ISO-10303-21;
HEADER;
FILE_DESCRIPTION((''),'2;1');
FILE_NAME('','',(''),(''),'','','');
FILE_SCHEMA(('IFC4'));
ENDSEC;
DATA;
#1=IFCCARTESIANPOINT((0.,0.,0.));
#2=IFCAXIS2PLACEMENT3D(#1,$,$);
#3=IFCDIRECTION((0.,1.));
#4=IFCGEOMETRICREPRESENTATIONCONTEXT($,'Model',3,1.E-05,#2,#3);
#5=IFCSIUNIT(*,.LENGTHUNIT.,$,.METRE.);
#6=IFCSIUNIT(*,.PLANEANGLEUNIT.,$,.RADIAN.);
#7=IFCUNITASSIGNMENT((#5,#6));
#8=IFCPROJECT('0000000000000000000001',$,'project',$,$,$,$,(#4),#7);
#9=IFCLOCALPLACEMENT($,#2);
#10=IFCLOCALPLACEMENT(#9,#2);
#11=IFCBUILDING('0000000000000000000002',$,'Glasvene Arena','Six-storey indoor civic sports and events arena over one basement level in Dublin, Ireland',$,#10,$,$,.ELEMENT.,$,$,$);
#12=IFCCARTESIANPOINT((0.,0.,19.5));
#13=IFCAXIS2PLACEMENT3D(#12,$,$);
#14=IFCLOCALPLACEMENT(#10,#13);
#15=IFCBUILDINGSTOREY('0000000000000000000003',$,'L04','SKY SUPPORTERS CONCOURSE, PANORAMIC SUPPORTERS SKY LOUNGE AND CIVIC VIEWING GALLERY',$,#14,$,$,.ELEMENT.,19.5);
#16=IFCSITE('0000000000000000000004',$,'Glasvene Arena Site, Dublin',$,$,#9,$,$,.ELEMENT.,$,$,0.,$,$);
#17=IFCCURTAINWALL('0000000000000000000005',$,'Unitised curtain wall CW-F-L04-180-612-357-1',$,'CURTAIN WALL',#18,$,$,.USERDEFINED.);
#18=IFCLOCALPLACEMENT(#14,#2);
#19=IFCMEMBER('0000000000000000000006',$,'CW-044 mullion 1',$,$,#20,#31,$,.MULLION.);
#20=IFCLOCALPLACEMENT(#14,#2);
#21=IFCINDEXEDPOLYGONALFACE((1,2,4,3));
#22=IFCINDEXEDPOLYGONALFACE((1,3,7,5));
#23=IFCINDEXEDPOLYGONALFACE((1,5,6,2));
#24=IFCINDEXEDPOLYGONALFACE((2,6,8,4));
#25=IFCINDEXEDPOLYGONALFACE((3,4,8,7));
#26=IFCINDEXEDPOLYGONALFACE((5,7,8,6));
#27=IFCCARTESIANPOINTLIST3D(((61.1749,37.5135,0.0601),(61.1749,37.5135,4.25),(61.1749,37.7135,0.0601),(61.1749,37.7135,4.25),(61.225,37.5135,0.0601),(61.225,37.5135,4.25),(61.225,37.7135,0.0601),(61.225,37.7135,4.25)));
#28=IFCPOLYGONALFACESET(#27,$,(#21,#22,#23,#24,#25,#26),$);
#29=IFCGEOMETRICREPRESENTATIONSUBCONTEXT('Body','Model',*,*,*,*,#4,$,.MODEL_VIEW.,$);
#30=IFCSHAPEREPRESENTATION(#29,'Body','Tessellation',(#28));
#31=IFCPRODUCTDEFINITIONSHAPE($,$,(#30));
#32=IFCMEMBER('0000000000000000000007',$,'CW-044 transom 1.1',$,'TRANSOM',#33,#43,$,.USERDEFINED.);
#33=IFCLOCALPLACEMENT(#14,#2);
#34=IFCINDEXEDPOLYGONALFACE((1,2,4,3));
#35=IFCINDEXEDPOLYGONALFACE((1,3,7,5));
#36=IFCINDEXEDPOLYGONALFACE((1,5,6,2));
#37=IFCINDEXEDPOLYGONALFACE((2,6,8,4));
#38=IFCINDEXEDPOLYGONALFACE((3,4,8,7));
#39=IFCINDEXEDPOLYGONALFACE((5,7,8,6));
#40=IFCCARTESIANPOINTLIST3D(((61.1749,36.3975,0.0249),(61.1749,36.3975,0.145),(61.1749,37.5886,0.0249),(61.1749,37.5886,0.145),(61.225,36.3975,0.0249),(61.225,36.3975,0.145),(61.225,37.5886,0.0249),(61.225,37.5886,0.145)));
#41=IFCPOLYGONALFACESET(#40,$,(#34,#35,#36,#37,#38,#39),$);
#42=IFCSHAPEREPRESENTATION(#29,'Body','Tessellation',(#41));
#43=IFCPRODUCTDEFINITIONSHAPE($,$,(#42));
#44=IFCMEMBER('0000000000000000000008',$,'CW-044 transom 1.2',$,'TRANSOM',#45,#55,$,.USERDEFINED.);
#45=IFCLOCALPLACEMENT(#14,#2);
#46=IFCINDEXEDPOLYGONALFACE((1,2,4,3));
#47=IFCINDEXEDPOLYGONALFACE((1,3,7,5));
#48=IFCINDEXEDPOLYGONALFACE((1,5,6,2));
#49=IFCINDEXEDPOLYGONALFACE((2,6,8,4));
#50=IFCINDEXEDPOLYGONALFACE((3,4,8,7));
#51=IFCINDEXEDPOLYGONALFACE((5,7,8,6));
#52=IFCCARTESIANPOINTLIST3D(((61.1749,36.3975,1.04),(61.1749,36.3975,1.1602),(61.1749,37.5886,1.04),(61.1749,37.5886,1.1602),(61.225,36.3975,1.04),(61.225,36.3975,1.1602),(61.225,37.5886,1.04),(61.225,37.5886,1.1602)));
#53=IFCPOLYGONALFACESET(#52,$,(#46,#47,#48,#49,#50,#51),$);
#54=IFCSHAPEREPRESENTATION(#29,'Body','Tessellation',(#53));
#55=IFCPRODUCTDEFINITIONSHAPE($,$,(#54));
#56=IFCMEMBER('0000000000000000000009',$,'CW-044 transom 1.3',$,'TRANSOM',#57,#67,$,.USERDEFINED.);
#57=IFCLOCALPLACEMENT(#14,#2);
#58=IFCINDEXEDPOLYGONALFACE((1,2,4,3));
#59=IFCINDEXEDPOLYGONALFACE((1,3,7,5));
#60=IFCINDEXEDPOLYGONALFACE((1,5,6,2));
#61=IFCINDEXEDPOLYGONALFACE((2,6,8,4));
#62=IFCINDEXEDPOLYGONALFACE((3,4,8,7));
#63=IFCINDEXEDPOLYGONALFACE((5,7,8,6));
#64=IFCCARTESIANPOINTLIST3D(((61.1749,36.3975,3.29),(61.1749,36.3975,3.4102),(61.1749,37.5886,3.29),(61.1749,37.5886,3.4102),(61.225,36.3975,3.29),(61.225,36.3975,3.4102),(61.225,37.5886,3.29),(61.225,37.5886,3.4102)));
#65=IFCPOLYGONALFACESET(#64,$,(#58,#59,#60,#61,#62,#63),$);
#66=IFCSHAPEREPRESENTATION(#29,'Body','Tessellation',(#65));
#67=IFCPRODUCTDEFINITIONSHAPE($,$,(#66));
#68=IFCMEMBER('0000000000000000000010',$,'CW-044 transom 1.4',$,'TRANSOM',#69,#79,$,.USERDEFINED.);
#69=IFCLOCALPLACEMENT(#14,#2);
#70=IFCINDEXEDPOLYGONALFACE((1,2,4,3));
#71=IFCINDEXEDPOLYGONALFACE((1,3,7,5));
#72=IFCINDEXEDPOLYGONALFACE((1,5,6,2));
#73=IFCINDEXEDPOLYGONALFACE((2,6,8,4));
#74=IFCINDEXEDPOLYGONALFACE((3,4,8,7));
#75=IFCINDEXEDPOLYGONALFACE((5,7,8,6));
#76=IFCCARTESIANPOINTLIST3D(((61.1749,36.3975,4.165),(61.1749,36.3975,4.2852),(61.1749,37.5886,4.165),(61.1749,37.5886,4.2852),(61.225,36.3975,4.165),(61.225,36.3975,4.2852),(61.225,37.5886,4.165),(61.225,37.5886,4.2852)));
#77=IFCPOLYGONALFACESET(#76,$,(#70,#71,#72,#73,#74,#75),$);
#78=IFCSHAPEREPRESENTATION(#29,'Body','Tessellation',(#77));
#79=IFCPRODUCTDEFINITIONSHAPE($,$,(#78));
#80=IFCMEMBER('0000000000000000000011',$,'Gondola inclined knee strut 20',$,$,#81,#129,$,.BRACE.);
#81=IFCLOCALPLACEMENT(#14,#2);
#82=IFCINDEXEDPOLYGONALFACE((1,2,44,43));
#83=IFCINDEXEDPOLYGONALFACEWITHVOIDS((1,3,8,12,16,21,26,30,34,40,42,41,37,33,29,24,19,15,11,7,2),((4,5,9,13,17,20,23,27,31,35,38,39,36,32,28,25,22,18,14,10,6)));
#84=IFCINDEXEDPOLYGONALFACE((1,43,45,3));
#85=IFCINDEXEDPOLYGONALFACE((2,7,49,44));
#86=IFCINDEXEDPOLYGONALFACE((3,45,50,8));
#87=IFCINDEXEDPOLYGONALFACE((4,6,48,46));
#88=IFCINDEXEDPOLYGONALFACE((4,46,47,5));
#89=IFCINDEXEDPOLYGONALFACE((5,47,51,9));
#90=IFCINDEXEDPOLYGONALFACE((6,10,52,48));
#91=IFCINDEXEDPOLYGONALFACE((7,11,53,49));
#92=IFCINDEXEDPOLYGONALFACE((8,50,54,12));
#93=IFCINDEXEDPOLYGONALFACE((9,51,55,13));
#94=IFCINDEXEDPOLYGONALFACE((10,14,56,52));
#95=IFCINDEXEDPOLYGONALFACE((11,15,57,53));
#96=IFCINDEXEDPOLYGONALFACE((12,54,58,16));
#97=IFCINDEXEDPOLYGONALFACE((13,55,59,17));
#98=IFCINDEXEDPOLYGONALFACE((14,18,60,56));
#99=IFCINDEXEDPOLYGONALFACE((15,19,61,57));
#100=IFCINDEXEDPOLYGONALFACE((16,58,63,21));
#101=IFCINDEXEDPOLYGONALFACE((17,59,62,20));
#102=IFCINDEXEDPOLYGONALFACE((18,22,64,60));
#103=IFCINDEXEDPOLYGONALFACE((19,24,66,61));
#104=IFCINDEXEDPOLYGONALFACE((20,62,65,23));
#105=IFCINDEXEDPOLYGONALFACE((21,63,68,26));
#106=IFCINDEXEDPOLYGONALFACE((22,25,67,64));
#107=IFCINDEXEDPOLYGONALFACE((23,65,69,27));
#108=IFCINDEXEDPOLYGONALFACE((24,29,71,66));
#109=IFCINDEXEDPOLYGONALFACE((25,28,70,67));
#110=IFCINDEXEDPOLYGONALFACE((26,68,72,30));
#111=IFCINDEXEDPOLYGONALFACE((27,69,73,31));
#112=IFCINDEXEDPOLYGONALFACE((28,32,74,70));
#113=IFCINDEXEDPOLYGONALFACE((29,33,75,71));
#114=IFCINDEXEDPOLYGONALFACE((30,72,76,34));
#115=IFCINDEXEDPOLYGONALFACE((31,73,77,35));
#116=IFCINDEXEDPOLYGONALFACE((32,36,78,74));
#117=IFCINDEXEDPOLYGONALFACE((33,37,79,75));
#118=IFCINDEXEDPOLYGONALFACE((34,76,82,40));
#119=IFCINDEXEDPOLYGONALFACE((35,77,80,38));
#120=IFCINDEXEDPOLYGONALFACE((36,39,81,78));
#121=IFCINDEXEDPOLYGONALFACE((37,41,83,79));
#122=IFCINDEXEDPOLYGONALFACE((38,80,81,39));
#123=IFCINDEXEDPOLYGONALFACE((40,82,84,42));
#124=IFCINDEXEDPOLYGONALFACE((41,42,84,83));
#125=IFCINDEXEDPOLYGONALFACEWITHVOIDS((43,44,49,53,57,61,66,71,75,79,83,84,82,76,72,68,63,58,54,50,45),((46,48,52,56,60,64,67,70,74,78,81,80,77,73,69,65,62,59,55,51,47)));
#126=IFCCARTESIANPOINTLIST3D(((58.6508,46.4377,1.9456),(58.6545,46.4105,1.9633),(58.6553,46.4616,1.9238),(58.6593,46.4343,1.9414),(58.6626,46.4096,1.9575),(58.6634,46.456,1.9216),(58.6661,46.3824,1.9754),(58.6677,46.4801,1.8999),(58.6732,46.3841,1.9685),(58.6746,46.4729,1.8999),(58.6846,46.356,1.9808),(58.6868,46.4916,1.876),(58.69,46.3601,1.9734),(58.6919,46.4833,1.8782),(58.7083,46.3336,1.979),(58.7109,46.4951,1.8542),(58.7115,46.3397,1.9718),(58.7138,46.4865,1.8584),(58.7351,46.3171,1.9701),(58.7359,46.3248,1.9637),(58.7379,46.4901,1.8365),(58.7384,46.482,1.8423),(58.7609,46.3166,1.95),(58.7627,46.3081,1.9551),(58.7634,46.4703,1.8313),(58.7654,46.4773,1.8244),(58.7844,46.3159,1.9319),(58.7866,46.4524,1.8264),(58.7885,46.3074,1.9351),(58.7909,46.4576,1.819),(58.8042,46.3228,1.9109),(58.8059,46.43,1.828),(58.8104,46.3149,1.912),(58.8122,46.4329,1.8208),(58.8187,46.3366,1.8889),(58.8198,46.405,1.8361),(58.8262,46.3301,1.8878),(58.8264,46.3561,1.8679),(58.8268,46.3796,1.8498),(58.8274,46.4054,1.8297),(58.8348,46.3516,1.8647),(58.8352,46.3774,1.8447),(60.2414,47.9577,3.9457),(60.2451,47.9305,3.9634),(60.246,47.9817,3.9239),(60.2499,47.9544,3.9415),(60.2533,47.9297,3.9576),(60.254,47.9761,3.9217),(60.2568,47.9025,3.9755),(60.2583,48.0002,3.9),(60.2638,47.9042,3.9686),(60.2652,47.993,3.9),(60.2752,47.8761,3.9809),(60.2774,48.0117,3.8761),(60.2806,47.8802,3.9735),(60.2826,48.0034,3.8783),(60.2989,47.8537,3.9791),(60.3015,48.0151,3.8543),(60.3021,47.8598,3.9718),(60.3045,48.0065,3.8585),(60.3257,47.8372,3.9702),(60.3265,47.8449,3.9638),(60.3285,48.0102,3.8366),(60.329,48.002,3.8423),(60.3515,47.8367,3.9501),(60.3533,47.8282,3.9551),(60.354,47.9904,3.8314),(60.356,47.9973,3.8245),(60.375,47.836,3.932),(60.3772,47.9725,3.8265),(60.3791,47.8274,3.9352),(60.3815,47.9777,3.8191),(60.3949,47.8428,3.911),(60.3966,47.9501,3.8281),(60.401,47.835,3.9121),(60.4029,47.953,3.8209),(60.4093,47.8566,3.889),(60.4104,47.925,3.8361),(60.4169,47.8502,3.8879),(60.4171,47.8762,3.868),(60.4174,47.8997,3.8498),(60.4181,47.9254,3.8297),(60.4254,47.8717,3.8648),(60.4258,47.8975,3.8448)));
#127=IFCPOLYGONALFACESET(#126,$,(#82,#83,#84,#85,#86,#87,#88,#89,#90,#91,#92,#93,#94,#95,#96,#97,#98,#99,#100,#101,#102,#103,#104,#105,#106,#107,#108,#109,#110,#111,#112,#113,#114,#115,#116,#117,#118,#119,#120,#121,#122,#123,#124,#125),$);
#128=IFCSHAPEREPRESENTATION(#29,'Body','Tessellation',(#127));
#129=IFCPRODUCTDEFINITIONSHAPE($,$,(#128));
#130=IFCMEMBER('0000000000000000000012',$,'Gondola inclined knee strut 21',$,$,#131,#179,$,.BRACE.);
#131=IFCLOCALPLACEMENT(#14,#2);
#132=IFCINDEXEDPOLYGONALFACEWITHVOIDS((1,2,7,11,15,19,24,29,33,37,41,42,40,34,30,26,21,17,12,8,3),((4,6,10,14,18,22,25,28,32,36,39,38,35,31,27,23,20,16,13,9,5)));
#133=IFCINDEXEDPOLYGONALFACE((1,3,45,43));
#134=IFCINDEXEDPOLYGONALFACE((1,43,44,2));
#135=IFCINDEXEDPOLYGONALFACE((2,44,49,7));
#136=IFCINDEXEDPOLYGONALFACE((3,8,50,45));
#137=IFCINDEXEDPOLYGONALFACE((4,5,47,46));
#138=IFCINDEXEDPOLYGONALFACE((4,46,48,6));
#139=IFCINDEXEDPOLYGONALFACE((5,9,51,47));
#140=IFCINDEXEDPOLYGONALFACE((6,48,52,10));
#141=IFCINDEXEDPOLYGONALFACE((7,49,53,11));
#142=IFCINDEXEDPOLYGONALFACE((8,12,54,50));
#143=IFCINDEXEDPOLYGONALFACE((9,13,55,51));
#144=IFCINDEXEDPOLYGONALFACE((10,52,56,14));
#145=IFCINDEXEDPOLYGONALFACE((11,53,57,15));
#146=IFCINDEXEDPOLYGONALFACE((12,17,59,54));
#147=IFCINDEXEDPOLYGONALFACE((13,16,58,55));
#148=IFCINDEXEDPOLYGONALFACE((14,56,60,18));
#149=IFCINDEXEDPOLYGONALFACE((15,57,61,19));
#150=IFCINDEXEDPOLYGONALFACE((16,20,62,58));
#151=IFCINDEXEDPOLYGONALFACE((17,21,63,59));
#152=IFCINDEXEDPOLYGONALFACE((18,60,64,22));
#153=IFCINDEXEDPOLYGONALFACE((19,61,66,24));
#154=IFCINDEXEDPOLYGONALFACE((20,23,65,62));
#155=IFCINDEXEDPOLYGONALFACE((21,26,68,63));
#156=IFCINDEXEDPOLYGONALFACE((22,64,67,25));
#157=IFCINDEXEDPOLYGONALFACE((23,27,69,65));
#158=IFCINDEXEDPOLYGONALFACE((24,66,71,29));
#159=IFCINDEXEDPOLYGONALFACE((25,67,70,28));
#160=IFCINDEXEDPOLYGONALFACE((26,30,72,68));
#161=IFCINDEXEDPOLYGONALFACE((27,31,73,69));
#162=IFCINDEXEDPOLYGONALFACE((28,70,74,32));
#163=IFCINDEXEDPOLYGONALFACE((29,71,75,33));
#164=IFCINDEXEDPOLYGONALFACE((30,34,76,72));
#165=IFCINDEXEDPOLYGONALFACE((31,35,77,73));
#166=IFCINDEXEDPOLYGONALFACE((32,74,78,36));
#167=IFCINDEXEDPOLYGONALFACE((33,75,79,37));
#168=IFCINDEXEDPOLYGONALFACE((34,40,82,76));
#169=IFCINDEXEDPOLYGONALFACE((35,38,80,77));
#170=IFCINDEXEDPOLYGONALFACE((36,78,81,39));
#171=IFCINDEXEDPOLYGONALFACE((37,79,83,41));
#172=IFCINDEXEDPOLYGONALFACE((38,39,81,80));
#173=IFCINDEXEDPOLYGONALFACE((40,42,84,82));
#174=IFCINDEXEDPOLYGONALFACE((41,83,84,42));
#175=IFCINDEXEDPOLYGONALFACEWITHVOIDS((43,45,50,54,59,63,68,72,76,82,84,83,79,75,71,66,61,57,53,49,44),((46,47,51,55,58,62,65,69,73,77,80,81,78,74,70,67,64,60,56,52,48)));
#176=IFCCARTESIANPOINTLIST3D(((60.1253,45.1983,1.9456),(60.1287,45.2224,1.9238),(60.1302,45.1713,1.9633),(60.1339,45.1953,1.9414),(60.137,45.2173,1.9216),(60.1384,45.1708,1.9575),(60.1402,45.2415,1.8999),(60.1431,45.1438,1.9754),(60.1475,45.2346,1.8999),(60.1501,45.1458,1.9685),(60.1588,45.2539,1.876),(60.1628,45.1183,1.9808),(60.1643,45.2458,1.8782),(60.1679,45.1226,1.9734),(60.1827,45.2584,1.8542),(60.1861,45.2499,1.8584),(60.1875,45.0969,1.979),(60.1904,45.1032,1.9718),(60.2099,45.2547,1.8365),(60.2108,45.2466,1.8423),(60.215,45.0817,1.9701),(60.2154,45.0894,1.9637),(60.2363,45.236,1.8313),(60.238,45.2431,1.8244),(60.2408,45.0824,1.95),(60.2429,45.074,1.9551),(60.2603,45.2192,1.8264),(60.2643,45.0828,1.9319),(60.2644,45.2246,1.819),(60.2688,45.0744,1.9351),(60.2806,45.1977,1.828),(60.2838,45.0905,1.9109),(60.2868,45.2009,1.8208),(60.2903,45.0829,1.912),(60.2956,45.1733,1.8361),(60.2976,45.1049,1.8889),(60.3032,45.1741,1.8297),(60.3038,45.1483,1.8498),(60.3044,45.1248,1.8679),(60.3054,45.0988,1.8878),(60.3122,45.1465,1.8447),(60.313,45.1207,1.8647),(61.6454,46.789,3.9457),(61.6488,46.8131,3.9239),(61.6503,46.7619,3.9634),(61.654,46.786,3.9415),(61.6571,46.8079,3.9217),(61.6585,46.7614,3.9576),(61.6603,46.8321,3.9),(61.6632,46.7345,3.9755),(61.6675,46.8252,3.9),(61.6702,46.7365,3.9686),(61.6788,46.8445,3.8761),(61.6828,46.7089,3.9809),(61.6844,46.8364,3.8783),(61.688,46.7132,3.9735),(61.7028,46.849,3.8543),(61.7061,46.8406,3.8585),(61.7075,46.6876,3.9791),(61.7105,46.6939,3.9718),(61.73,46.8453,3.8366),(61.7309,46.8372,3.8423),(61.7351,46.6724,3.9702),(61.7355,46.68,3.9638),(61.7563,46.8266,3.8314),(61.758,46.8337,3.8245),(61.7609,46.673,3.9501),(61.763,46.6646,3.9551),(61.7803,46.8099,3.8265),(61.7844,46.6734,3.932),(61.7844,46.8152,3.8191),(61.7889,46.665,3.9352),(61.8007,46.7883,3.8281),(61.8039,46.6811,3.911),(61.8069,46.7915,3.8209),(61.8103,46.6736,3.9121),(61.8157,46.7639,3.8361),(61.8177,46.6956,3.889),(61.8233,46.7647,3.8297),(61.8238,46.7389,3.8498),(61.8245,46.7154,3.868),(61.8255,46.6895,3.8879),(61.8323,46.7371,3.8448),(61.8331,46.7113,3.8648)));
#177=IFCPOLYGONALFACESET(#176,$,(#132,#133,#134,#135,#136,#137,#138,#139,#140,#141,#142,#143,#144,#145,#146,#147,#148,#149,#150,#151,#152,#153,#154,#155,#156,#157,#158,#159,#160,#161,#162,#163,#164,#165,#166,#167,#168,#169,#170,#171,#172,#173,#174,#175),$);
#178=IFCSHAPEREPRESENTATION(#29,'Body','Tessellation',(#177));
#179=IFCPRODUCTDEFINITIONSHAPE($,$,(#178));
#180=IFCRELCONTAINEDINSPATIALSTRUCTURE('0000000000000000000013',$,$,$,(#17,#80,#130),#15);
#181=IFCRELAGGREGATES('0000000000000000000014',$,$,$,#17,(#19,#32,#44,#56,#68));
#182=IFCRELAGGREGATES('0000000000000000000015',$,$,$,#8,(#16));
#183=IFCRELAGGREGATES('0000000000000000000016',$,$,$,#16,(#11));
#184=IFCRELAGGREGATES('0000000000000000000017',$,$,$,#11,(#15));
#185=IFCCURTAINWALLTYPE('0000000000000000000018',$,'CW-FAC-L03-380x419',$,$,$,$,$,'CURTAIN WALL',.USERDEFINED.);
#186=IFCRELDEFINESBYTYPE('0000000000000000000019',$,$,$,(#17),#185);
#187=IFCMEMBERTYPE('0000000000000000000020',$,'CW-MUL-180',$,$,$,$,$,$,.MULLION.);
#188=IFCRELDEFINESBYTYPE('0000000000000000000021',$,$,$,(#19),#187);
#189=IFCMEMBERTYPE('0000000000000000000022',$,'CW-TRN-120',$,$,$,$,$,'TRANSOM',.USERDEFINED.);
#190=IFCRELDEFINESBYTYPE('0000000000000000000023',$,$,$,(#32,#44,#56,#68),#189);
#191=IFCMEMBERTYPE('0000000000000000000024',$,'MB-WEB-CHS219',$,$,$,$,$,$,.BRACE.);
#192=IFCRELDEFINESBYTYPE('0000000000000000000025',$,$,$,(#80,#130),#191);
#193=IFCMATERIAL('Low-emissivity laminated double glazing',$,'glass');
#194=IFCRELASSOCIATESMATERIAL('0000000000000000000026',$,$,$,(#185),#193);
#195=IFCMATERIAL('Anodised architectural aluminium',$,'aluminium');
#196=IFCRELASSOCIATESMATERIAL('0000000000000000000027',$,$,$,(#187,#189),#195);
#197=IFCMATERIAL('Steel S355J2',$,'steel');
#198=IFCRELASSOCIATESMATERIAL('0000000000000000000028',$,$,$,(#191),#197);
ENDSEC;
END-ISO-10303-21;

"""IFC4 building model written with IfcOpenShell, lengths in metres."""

from ifc_helpers import new_model, si_unit, direction, frame, origin, origin_2d, place, context, subcontext, project, spatial, rectangle, hollow_circle, extrude, material, material_profile, profile_set, type_object, element, aggregate, save


model = new_model("IFC4")

# Units and contexts
model_context = context("Model", 3, precision=1e-05, world=origin(), true_north=direction((0.0, 1.0)))
body_context = subcontext(model_context, "Body", "Model", "MODEL_VIEW")
ifc_project = project(units=[si_unit("LENGTHUNIT", "METRE"), si_unit("PLANEANGLEUNIT", "RADIAN")], contexts=[model_context])

# Site, building, storey
site_placement = place(None, origin())
site = spatial("IfcSite", under=ifc_project, at=site_placement, Name="Glasvene Arena Site, Dublin", CompositionType="ELEMENT", RefElevation=0.0)
building_placement = place(site_placement, origin())
building = spatial("IfcBuilding", under=site, at=building_placement, Name="Glasvene Arena", Description="Six-storey indoor civic sports and events arena over one basement level in Dublin, Ireland", CompositionType="ELEMENT")
storey_placement = place(building_placement, frame((0.0, 0.0, 19.5)))
storey = spatial("IfcBuildingStorey", under=building, at=storey_placement, Name="L04", Description="SKY SUPPORTERS CONCOURSE, PANORAMIC SUPPORTERS SKY LOUNGE AND CIVIC VIEWING GALLERY", CompositionType="ELEMENT", Elevation=19.5)

# Shared definitions
ifc_material_1 = material(Name="Steel S355J2", Category="steel")

# Curtain wall, members
ifc_material_2 = material(Name="Low-emissivity laminated double glazing", Category="glass")
curtain_wall_type = type_object("IfcCurtainWallType", Name="CW-FAC-L03-380x419", ElementType="CURTAIN WALL", PredefinedType="USERDEFINED", material=ifc_material_2)
curtain_wall_placement = place(storey_placement, frame((61.2, 37.6387, 0.0)))
curtain_wall = element("IfcCurtainWall", 1, at=curtain_wall_placement, inside=storey, type_object=curtain_wall_type, Name="Unitised curtain wall CW-F-L04-180-612-357-1", ObjectType="CURTAIN WALL", PredefinedType="USERDEFINED")
ifc_material_3 = material(Name="Anodised architectural aluminium", Category="aluminium")
ifc_material_profile_1 = material_profile(ifc_material_3, rectangle(XDim=0.05, YDim=0.2, at=origin_2d()), Name="ALU MULLION 50x200")
ifc_profile_set_1 = profile_set([ifc_material_profile_1], Name="Anodised architectural aluminium")
member_type_1 = type_object("IfcMemberType", Name="CW-MUL-180", PredefinedType="MULLION", material=ifc_profile_set_1)
member_1_placement = place(storey_placement, frame((61.2, 37.6135, 0.0601), z_axis=(0.0, 0.0, 1.0), x_axis=(1.0, 0.0, 0.0)))
member_1 = element("IfcMember", 2, at=member_1_placement, type_object=member_type_1, Name="CW-044 mullion 1", PredefinedType="MULLION", context=body_context, shape_type="SweptSolid", body=[
    extrude(rectangle(XDim=0.05, YDim=0.2, at=origin_2d()), origin(), (0.0, 0.0, 1.0), 4.1899),
])
ifc_material_profile_2 = material_profile(ifc_material_3, rectangle(XDim=0.05, YDim=0.1201, at=origin_2d()), Name="ALU TRANSOM 50x120")
ifc_profile_set_2 = profile_set([ifc_material_profile_2], Name="Anodised architectural aluminium")
member_type_2 = type_object("IfcMemberType", Name="CW-TRN-120", ElementType="TRANSOM", PredefinedType="USERDEFINED", material=ifc_profile_set_2)
member_2_placement = place(storey_placement, frame((61.2, 37.5886, 0.085), z_axis=(0.0, -1.0, 0.0), x_axis=(1.0, 0.0, 0.0)))
member_2 = element("IfcMember", 3, at=member_2_placement, type_object=member_type_2, Name="CW-044 transom 1.1", ObjectType="TRANSOM", PredefinedType="USERDEFINED", context=body_context, shape_type="SweptSolid", body=[
    extrude(rectangle(XDim=0.05, YDim=0.1201, at=origin_2d()), origin(), (0.0, 0.0, 1.0), 1.1912),
])
member_3_placement = place(storey_placement, frame((61.2, 37.5886, 1.1001), z_axis=(0.0, -1.0, 0.0), x_axis=(1.0, 0.0, 0.0)))
member_3 = element("IfcMember", 4, at=member_3_placement, type_object=member_type_2, Name="CW-044 transom 1.2", ObjectType="TRANSOM", PredefinedType="USERDEFINED", context=body_context, shape_type="SweptSolid", body=[
    extrude(rectangle(XDim=0.05, YDim=0.1201, at=origin_2d()), origin(), (0.0, 0.0, 1.0), 1.1912),
])
member_4_placement = place(storey_placement, frame((61.2, 37.5886, 3.3501), z_axis=(0.0, -1.0, 0.0), x_axis=(1.0, 0.0, 0.0)))
member_4 = element("IfcMember", 5, at=member_4_placement, type_object=member_type_2, Name="CW-044 transom 1.3", ObjectType="TRANSOM", PredefinedType="USERDEFINED", context=body_context, shape_type="SweptSolid", body=[
    extrude(rectangle(XDim=0.05, YDim=0.1201, at=origin_2d()), origin(), (0.0, 0.0, 1.0), 1.1912),
])
member_5_placement = place(storey_placement, frame((61.2, 37.5886, 4.2251), z_axis=(0.0, -1.0, 0.0), x_axis=(1.0, 0.0, 0.0)))
member_5 = element("IfcMember", 6, at=member_5_placement, type_object=member_type_2, Name="CW-044 transom 1.4", ObjectType="TRANSOM", PredefinedType="USERDEFINED", context=body_context, shape_type="SweptSolid", body=[
    extrude(rectangle(XDim=0.05, YDim=0.1201, at=origin_2d()), origin(), (0.0, 0.0, 1.0), 1.1912),
])
aggregate(curtain_wall, [member_1, member_2, member_3, member_4, member_5])

# Members
ifc_material_profile_3 = material_profile(ifc_material_1, hollow_circle(Radius=0.1096, WallThickness=0.01, at=origin_2d()), Name="CHS 219.1x10.0")
ifc_profile_set_3 = profile_set([ifc_material_profile_3], Name="Steel S355J2")
member_type_3 = type_object("IfcMemberType", Name="MB-WEB-CHS219", PredefinedType="BRACE", material=ifc_profile_set_3)
for number, where, z_axis, x_axis, name in (
    (7, (58.7434, 46.4009, 1.8999), (0.534957, 0.511227, 0.672658), (-0.69089, 0.72296, 0.0), "Gondola inclined knee strut 20"),
    (8, (60.2195, 45.1658, 1.8999), (0.511227, 0.534957, 0.672658), (-0.72296, 0.69089, 0.0), "Gondola inclined knee strut 21"),
):
    element("IfcMember", number, at=place(storey_placement, frame(where, z_axis=z_axis, x_axis=x_axis)), inside=storey, type_object=member_type_3, Name=name, PredefinedType="BRACE", context=body_context, shape_type="SweptSolid", body=[
        extrude(hollow_circle(Radius=0.1096, WallThickness=0.01, at=origin_2d()), origin(), (0.0, 0.0, 1.0), 2.9734),
    ])

save(model, "model.ifc")
